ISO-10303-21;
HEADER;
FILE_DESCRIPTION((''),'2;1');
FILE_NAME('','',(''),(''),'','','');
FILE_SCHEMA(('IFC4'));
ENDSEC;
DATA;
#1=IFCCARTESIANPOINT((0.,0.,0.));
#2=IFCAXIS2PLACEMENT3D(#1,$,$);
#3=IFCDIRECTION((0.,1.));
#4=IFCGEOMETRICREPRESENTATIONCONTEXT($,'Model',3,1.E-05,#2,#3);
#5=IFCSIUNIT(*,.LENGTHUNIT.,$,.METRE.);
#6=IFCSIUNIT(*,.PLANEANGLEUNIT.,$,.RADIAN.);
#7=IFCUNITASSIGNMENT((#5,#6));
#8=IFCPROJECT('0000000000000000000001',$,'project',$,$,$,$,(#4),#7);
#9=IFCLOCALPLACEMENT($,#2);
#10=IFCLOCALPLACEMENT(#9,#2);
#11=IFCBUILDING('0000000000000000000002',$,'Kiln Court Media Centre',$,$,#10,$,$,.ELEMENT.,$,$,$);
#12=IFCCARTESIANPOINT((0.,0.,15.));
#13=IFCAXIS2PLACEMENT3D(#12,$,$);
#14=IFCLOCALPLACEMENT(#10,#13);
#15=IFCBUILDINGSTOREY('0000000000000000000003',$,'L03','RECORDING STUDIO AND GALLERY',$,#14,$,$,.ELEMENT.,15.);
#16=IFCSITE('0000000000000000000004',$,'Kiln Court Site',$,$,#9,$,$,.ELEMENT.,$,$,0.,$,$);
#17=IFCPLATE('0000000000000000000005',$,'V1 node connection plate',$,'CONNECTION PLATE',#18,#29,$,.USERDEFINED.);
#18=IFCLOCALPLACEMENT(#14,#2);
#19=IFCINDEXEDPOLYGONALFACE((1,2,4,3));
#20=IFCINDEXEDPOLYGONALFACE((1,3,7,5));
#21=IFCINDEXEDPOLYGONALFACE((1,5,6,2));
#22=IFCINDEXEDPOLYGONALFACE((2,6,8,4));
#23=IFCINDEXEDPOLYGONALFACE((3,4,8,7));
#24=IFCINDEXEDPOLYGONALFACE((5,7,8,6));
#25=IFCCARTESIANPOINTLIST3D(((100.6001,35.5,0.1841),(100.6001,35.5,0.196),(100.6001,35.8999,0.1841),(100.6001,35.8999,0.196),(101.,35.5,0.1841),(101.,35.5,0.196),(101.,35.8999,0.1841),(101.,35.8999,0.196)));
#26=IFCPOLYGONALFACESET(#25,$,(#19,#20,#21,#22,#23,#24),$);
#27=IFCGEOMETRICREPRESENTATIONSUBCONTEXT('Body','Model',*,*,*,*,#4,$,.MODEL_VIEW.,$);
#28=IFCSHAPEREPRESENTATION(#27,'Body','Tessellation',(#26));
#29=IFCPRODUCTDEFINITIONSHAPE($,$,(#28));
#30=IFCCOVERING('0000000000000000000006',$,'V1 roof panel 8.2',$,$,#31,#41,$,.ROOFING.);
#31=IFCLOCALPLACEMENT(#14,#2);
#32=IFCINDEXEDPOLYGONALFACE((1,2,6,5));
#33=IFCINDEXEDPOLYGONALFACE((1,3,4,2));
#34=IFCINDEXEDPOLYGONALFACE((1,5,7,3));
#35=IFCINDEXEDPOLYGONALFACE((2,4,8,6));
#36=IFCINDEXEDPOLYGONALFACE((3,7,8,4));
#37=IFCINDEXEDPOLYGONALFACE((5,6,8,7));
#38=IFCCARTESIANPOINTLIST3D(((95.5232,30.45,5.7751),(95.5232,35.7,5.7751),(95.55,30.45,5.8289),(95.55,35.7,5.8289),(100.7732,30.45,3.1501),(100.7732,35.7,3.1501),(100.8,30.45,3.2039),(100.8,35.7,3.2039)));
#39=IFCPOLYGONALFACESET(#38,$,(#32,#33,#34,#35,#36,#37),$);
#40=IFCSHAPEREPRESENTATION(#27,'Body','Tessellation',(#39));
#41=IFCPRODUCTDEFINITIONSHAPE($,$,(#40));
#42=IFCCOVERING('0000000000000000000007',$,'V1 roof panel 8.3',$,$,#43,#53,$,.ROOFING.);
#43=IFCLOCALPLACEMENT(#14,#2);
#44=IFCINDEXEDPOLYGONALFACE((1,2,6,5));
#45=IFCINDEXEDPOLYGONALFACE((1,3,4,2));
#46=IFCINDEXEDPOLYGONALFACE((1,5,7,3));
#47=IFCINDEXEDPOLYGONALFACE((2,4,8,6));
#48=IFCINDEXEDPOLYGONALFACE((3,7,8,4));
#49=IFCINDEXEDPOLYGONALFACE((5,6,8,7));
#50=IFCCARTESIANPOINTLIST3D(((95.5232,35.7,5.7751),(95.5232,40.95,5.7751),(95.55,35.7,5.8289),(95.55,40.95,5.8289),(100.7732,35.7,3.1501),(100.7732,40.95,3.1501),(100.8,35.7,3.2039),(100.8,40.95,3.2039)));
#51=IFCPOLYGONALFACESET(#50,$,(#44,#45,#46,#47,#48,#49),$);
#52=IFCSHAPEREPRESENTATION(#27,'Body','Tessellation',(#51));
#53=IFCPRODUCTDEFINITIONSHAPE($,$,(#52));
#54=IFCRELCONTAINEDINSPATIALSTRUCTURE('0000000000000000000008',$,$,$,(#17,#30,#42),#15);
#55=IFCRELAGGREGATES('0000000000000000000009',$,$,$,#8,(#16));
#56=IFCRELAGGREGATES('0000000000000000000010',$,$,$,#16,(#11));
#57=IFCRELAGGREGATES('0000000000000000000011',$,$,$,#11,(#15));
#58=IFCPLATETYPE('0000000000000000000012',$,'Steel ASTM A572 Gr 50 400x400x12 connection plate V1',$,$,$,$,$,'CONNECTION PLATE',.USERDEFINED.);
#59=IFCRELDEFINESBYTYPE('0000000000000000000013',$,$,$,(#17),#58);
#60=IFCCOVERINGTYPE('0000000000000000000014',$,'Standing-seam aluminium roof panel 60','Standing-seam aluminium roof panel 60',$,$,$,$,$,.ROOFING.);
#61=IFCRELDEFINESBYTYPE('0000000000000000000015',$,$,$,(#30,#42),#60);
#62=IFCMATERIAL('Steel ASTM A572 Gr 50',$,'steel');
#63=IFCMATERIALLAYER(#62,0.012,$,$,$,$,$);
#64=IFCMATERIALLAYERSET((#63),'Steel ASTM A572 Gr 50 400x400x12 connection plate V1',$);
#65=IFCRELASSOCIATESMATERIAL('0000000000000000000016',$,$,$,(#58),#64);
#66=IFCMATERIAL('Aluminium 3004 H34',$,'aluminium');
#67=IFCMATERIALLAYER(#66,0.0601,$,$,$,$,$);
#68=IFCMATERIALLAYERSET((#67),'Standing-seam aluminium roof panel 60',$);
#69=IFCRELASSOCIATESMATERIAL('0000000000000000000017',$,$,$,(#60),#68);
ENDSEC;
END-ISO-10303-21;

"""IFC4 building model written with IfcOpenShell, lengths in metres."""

from ifc_helpers import new_model, si_unit, direction, frame, origin, origin_2d, place, context, subcontext, project, spatial, polyline, rectangle, outline, extrude, material, layer, layer_set, type_object, element, save


model = new_model("IFC4")

# Units and contexts
model_context = context("Model", 3, precision=1e-05, world=origin(), true_north=direction((0.0, 1.0)))
body_context = subcontext(model_context, "Body", "Model", "MODEL_VIEW")
ifc_project = project(units=[si_unit("LENGTHUNIT", "METRE"), si_unit("PLANEANGLEUNIT", "RADIAN")], contexts=[model_context])

# Site, building, storey
site_placement = place(None, origin())
site = spatial("IfcSite", under=ifc_project, at=site_placement, Name="Kiln Court Site", CompositionType="ELEMENT", RefElevation=0.0)
building_placement = place(site_placement, origin())
building = spatial("IfcBuilding", under=site, at=building_placement, Name="Kiln Court Media Centre", CompositionType="ELEMENT")
storey_placement = place(building_placement, frame((0.0, 0.0, 15.0)))
storey = spatial("IfcBuildingStorey", under=building, at=storey_placement, Name="L03", Description="RECORDING STUDIO AND GALLERY", CompositionType="ELEMENT", Elevation=15.0)

# Plate
ifc_material_1 = material(Name="Steel ASTM A572 Gr 50", Category="steel")
ifc_layer_1 = layer(ifc_material_1, 0.012)
ifc_layer_set_1 = layer_set([ifc_layer_1], Name="Steel ASTM A572 Gr 50 400x400x12 connection plate V1")
plate_type_1 = type_object("IfcPlateType", Name="Steel ASTM A572 Gr 50 400x400x12 connection plate V1", ElementType="CONNECTION PLATE", PredefinedType="USERDEFINED", material=ifc_layer_set_1)
for number, where, z_axis, x_axis, name in (
    (1, (100.8, 35.7, 0.1841), (0.0, 0.0, 1.0), (1.0, 0.0, 0.0), "V1 node connection plate"),
):
    element("IfcPlate", number, at=place(storey_placement, frame(where, z_axis=z_axis, x_axis=x_axis)), inside=storey, type_object=plate_type_1, Name=name, ObjectType="CONNECTION PLATE", PredefinedType="USERDEFINED", context=body_context, shape_type="SweptSolid", body=[
        extrude(rectangle(XDim=0.3999, YDim=0.3999, at=origin_2d()), origin(), (0.0, 0.0, 1.0), 0.012),
    ])

# Coverings
ifc_material_2 = material(Name="Aluminium 3004 H34", Category="aluminium")
ifc_layer_2 = layer(ifc_material_2, 0.0601)
ifc_layer_set_2 = layer_set([ifc_layer_2], Name="Standing-seam aluminium roof panel 60")
covering_type = type_object("IfcCoveringType", Name="Standing-seam aluminium roof panel 60", Description="Standing-seam aluminium roof panel 60", PredefinedType="ROOFING", material=ifc_layer_set_2)
for number, where, z_axis, x_axis, name in (
    (2, (95.55, 30.45, 5.8289), (0.447214, 0.0, 0.894427), (0.894427, 0.0, -0.447214), "V1 roof panel 8.2"),
    (3, (95.55, 35.7, 5.8289), (0.447214, 0.0, 0.894427), (0.894427, 0.0, -0.447214), "V1 roof panel 8.3"),
):
    element("IfcCovering", number, at=place(storey_placement, frame(where, z_axis=z_axis, x_axis=x_axis)), inside=storey, type_object=covering_type, Name=name, PredefinedType="ROOFING", context=body_context, shape_type="SweptSolid", body=[
        extrude(outline(polyline([(0.0, 0.0), (5.8697, 0.0), (5.8697, 5.25), (0.0, 5.25), (0.0, 0.0)])), origin(), (0.0, 0.0, -1.0), 0.0601),
    ])

save(model, "model.ifc")
